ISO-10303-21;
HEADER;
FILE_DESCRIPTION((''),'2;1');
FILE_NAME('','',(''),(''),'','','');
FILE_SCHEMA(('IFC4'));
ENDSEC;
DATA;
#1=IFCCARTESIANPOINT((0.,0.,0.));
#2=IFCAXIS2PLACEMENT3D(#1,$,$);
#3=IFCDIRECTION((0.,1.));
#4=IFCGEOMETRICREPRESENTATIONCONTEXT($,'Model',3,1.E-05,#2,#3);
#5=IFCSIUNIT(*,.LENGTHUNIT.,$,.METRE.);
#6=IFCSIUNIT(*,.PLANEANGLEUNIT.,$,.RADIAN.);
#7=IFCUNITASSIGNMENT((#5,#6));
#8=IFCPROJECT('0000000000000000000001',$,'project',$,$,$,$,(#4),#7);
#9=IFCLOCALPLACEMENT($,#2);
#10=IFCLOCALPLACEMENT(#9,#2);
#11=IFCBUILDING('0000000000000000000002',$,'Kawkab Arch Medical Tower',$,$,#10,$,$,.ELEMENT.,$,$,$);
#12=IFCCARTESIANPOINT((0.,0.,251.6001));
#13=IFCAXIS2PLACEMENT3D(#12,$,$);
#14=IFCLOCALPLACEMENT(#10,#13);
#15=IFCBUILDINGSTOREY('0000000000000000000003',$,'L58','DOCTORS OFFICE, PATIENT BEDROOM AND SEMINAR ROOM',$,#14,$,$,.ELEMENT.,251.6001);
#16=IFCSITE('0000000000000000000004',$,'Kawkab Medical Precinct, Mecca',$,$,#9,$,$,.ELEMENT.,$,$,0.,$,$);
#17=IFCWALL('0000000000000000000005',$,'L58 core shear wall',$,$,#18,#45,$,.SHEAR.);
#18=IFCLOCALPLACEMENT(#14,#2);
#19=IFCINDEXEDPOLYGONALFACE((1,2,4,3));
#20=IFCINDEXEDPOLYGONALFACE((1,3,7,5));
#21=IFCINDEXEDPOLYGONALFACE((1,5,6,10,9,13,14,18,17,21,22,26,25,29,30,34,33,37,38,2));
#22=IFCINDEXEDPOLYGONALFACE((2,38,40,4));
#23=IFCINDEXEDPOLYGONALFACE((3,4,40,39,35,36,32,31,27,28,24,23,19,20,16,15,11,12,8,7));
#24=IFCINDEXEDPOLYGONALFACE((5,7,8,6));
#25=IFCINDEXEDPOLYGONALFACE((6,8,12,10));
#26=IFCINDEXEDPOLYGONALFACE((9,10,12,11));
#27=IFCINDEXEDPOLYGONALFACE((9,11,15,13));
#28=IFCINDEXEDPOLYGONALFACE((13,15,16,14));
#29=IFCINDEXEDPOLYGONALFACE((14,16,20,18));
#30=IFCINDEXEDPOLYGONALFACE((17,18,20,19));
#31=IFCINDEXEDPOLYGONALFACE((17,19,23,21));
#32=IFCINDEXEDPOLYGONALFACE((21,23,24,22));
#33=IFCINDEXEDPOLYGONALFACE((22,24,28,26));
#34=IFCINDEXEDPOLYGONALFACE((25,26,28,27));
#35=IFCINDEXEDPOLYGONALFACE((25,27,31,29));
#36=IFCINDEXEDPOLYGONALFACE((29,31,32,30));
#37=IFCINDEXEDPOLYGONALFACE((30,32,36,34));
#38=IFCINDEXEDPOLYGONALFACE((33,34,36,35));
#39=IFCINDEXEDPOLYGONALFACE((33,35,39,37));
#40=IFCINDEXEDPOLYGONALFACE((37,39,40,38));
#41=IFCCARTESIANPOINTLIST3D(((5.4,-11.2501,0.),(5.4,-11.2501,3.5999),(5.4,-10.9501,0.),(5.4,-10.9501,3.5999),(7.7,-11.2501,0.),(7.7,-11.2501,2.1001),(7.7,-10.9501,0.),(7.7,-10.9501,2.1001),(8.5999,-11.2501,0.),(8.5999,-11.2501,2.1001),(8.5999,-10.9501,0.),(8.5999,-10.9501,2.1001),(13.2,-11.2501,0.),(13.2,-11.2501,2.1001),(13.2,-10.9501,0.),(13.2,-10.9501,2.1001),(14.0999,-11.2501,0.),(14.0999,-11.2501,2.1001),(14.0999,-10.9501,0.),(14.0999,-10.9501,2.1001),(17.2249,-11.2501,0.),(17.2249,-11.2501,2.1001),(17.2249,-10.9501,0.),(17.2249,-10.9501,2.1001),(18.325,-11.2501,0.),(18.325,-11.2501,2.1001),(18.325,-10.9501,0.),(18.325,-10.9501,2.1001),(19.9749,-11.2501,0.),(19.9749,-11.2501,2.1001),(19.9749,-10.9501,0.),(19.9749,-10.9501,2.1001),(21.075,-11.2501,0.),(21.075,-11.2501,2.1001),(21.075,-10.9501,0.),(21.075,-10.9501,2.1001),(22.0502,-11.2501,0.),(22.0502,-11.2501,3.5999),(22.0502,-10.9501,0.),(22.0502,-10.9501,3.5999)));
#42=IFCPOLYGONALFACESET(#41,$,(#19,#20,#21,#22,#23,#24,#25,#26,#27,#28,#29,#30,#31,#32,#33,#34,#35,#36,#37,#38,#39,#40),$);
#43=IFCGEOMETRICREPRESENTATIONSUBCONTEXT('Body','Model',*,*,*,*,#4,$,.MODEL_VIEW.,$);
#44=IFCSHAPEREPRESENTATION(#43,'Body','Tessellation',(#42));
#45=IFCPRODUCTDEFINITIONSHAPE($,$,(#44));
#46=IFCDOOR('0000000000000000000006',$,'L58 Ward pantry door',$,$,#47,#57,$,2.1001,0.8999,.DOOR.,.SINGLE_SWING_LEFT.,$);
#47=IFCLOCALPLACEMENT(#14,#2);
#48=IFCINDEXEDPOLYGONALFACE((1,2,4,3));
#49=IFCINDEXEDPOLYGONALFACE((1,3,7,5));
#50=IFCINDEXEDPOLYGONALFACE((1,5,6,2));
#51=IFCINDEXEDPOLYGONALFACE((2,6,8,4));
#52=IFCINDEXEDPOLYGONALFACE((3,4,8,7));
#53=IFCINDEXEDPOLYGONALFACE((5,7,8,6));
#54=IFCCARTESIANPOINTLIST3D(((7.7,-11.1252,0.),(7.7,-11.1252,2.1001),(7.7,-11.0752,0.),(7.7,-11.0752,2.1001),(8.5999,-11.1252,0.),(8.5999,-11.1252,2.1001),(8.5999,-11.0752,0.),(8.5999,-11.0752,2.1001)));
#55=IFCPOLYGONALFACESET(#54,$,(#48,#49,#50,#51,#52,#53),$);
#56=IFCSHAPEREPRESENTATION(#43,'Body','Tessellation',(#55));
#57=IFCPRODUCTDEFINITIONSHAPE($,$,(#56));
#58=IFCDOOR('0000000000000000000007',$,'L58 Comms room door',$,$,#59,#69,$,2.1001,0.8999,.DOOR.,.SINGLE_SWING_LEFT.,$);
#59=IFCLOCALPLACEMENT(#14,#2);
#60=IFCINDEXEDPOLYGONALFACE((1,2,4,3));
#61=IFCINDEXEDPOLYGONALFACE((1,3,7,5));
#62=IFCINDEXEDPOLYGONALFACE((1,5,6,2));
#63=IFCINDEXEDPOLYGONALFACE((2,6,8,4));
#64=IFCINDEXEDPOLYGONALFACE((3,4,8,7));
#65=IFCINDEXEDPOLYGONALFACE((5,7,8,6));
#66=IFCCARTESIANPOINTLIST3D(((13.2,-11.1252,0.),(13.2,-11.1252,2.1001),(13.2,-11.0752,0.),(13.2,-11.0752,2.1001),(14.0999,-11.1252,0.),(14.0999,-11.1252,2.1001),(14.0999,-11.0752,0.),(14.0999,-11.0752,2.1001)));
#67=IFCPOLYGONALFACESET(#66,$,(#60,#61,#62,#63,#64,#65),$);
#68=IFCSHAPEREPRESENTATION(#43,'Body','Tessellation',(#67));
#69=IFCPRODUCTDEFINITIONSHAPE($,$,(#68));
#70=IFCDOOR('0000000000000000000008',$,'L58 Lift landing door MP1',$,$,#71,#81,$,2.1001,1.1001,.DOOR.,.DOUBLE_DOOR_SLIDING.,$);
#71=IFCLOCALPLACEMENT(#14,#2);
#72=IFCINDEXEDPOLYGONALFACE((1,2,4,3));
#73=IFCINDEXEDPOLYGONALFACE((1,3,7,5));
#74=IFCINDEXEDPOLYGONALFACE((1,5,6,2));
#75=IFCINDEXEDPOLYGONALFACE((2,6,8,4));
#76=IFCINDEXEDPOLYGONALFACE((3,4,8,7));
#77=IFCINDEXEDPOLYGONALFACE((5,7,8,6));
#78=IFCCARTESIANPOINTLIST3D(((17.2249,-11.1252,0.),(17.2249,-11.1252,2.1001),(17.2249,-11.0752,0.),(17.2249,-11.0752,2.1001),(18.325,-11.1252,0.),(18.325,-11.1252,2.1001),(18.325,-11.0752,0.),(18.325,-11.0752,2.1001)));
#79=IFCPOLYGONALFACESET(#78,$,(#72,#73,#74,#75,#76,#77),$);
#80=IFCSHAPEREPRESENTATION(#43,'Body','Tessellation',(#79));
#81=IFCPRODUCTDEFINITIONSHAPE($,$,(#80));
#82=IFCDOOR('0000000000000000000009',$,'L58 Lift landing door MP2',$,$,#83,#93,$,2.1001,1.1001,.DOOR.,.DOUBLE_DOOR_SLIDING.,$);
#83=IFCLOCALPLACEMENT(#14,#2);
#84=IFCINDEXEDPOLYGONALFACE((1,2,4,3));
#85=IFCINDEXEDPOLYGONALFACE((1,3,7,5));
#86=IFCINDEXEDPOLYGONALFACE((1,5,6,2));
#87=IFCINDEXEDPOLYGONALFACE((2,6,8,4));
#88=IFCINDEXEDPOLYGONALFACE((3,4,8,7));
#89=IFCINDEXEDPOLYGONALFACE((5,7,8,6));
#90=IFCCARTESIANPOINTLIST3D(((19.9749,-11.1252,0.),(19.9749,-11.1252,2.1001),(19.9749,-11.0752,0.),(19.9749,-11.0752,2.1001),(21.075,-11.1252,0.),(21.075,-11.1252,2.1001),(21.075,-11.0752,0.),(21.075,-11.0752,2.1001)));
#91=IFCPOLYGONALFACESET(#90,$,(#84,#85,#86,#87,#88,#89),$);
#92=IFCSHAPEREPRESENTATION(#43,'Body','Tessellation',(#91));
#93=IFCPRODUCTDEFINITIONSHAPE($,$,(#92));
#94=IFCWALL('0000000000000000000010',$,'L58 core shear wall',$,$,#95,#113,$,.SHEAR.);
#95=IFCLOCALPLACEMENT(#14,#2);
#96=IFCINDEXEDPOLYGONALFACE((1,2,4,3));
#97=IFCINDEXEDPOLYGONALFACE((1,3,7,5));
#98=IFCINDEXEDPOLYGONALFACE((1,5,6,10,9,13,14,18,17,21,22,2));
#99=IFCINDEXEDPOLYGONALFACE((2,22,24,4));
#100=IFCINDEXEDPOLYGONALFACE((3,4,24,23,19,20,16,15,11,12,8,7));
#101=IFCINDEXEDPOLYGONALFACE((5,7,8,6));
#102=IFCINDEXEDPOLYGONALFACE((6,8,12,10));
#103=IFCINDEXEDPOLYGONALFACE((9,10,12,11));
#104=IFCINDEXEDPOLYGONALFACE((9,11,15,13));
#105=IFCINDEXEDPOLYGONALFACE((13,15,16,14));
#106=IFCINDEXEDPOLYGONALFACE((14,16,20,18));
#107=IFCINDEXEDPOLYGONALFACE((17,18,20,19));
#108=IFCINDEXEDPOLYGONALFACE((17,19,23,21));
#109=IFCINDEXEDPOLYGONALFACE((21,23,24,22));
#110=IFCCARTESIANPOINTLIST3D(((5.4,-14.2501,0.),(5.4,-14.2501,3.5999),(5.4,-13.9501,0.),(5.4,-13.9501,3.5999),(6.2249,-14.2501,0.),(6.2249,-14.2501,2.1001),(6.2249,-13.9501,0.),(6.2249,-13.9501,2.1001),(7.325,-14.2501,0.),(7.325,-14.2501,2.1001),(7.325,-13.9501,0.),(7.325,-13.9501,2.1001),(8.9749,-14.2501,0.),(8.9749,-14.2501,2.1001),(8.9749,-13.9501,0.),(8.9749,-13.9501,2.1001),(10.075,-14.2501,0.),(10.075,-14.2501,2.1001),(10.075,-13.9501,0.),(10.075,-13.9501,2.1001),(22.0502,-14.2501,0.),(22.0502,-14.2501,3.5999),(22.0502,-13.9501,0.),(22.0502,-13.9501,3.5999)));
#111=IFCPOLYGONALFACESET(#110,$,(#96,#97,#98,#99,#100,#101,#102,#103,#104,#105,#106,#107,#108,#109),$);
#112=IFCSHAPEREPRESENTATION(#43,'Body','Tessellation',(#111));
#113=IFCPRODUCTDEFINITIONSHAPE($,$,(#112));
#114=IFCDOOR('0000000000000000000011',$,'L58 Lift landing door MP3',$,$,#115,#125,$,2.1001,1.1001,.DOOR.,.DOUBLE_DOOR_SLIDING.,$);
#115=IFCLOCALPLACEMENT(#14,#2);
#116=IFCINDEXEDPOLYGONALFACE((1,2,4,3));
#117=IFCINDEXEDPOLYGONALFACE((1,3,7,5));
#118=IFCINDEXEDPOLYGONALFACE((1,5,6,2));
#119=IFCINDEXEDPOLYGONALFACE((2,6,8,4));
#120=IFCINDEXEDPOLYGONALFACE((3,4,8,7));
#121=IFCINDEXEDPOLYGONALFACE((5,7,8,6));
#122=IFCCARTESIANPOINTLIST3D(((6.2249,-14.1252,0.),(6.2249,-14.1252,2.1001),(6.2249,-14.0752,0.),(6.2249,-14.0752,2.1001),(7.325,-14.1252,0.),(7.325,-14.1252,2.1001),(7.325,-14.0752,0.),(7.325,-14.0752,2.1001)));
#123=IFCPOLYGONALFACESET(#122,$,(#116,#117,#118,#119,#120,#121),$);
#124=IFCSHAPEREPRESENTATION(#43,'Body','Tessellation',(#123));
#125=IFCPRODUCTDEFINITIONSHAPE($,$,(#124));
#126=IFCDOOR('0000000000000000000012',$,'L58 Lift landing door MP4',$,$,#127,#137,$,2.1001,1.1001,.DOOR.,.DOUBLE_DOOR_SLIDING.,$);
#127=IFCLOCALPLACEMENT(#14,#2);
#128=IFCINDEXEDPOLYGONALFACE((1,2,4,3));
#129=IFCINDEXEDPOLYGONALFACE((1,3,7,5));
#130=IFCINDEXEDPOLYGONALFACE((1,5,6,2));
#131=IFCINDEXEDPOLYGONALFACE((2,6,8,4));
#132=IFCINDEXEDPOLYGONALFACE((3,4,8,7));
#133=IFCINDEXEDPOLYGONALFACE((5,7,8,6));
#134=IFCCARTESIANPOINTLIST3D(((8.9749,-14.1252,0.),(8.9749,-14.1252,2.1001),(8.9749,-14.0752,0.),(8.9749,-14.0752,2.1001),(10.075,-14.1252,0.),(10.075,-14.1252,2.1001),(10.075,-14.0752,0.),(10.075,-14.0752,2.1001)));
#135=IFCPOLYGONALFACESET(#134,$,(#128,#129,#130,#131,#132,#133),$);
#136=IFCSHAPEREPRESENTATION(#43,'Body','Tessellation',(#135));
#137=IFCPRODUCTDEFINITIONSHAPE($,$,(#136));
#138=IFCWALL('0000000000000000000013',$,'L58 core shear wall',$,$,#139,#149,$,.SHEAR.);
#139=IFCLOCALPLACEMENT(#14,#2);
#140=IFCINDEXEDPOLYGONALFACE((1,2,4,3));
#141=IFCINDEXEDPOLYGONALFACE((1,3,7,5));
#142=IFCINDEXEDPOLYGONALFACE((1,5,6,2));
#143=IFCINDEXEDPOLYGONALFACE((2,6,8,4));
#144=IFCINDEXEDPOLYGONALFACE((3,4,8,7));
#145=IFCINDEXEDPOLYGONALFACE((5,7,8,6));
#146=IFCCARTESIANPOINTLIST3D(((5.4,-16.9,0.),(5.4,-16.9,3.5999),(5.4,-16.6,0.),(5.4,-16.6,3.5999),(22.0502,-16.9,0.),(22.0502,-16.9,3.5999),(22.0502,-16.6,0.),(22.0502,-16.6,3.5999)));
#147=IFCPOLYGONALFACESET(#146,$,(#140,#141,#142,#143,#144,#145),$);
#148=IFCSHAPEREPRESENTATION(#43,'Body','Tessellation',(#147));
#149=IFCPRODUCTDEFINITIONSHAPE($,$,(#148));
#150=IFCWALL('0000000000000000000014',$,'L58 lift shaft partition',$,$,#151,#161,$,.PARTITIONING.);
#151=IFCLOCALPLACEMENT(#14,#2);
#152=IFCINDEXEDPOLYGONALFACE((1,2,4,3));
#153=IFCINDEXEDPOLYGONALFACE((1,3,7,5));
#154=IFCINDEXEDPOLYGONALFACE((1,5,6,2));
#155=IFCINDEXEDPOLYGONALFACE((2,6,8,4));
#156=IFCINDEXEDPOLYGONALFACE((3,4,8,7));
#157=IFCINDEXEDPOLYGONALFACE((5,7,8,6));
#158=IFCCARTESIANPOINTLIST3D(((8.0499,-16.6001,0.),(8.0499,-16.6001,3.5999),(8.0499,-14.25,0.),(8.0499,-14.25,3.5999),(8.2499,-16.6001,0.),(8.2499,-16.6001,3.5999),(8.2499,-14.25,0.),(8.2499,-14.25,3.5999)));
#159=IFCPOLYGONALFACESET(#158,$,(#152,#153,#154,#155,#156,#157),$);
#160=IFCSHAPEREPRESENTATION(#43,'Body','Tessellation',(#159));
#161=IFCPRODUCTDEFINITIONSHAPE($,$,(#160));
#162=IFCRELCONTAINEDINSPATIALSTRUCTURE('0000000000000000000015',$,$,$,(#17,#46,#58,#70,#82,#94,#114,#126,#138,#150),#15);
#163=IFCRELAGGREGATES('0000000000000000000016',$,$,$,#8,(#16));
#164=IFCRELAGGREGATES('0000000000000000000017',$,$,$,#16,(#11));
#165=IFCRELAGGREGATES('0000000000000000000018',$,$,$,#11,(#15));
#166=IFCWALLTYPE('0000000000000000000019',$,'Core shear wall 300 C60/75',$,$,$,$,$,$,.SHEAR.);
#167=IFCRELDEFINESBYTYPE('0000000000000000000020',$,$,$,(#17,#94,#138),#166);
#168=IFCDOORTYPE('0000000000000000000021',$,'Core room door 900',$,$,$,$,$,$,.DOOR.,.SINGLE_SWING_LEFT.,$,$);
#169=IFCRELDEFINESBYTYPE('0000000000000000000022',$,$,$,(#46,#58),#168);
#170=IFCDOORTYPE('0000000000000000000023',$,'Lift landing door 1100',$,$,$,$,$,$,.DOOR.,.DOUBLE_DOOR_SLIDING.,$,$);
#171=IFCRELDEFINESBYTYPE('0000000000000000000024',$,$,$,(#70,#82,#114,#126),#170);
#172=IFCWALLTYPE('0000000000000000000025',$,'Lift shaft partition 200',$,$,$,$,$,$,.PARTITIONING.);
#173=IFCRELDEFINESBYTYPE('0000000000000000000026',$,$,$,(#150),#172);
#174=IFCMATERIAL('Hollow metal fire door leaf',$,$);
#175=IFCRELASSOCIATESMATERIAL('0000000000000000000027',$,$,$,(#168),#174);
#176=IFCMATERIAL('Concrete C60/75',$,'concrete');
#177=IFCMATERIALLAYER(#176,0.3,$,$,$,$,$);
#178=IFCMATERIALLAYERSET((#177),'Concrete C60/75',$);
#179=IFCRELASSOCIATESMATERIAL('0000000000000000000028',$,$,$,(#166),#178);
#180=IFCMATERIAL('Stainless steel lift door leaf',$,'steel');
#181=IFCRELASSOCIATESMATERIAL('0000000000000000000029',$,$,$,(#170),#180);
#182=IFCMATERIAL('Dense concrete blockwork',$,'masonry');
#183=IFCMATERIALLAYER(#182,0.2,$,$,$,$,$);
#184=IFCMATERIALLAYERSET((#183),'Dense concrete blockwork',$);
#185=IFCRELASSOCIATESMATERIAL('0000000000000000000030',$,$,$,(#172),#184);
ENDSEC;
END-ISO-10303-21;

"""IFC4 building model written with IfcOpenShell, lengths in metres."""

from ifc_helpers import new_model, si_unit, direction, frame, frame_2d, origin, place, context, subcontext, project, spatial, rectangle, extrude, material, layer, layer_set, type_object, element, fill, save


model = new_model("IFC4")

# Units and contexts
model_context = context("Model", 3, precision=1e-05, world=origin(), true_north=direction((0.0, 1.0)))
body_context = subcontext(model_context, "Body", "Model", "MODEL_VIEW")
ifc_project = project(units=[si_unit("LENGTHUNIT", "METRE"), si_unit("PLANEANGLEUNIT", "RADIAN")], contexts=[model_context])

# Site, building, storey
site_placement = place(None, origin())
site = spatial("IfcSite", under=ifc_project, at=site_placement, Name="Kawkab Medical Precinct, Mecca", CompositionType="ELEMENT", RefElevation=0.0)
building_placement = place(site_placement, origin())
building = spatial("IfcBuilding", under=site, at=building_placement, Name="Kawkab Arch Medical Tower", CompositionType="ELEMENT")
storey_placement = place(building_placement, frame((0.0, 0.0, 251.6001)))
storey = spatial("IfcBuildingStorey", under=building, at=storey_placement, Name="L58", Description="DOCTORS OFFICE, PATIENT BEDROOM AND SEMINAR ROOM", CompositionType="ELEMENT", Elevation=251.6001)

# Shared definitions
ifc_material_1 = material(Name="Hollow metal fire door leaf")
door_type_1 = type_object("IfcDoorType", Name="Core room door 900", OperationType="SINGLE_SWING_LEFT", PredefinedType="DOOR", material=ifc_material_1)

# Shared definitions
ifc_material_2 = material(Name="Concrete C60/75", Category="concrete")
ifc_layer_1 = layer(ifc_material_2, 0.3)
ifc_layer_set_1 = layer_set([ifc_layer_1], Name="Concrete C60/75")
wall_type_1 = type_object("IfcWallType", Name="Core shear wall 300 C60/75", PredefinedType="SHEAR", material=ifc_layer_set_1)

# Walls, openings, doors
wall_1_placement = place(storey_placement, frame((5.3999, -11.1001, 0.0), z_axis=(0.0, 0.0, 1.0), x_axis=(1.0, 0.0, 0.0)))
wall_1 = element("IfcWall", 1, at=wall_1_placement, inside=storey, type_object=wall_type_1, Name="L58 core shear wall", PredefinedType="SHEAR", context=body_context, shape_type="SweptSolid", body=[
    extrude(rectangle(XDim=16.6501, YDim=0.3, at=frame_2d((8.3252, 0.0))), origin(), (0.0, 0.0, 1.0), 3.5999),
])
opening_1_placement = place(wall_1_placement, frame((11.825, 0.0, 0.0)))
opening_1 = element("IfcOpeningElement", 2, at=opening_1_placement, cuts=wall_1, PredefinedType="OPENING", context=body_context, shape_type="SweptSolid", body=[
    extrude(rectangle(XDim=1.1001, YDim=2.1001, at=frame_2d((0.55, 1.05))), frame((0.0, 0.1599, 0.0), z_axis=(0.0, -1.0, 0.0), x_axis=(1.0, 0.0, 0.0)), (0.0, 0.0, 1.0), 0.3201),
])
opening_2_placement = place(wall_1_placement, frame((14.575, 0.0, 0.0)))
opening_2 = element("IfcOpeningElement", 3, at=opening_2_placement, cuts=wall_1, PredefinedType="OPENING", context=body_context, shape_type="SweptSolid", body=[
    extrude(rectangle(XDim=1.1001, YDim=2.1001, at=frame_2d((0.55, 1.05))), frame((0.0, 0.1599, 0.0), z_axis=(0.0, -1.0, 0.0), x_axis=(1.0, 0.0, 0.0)), (0.0, 0.0, 1.0), 0.3201),
])
opening_3_placement = place(wall_1_placement, frame((2.3, 0.0, 0.0)))
opening_3 = element("IfcOpeningElement", 4, at=opening_3_placement, cuts=wall_1, PredefinedType="OPENING", context=body_context, shape_type="SweptSolid", body=[
    extrude(rectangle(XDim=0.8999, YDim=2.1001, at=frame_2d((0.45, 1.05))), frame((0.0, 0.1599, 0.0), z_axis=(0.0, -1.0, 0.0), x_axis=(1.0, 0.0, 0.0)), (0.0, 0.0, 1.0), 0.3201),
])
opening_4_placement = place(wall_1_placement, frame((7.8, 0.0, 0.0)))
opening_4 = element("IfcOpeningElement", 5, at=opening_4_placement, cuts=wall_1, PredefinedType="OPENING", context=body_context, shape_type="SweptSolid", body=[
    extrude(rectangle(XDim=0.8999, YDim=2.1001, at=frame_2d((0.45, 1.05))), frame((0.0, 0.1599, 0.0), z_axis=(0.0, -1.0, 0.0), x_axis=(1.0, 0.0, 0.0)), (0.0, 0.0, 1.0), 0.3201),
])
door_1_placement = place(opening_3_placement, origin())
door_1 = element("IfcDoor", 6, at=door_1_placement, inside=storey, type_object=door_type_1, Name="L58 Ward pantry door", OperationType="SINGLE_SWING_LEFT", OverallHeight=2.1001, OverallWidth=0.8999, PredefinedType="DOOR", context=body_context, shape_type="SweptSolid", body=[
    extrude(rectangle(XDim=0.8999, YDim=2.1001, at=frame_2d((0.45, 1.05))), frame((0.0, 0.0249, 0.0), z_axis=(0.0, -1.0, 0.0), x_axis=(1.0, 0.0, 0.0)), (0.0, 0.0, 1.0), 0.05),
])
fill(opening_3, door_1)
door_2_placement = place(opening_4_placement, origin())
door_2 = element("IfcDoor", 7, at=door_2_placement, inside=storey, type_object=door_type_1, Name="L58 Comms room door", OperationType="SINGLE_SWING_LEFT", OverallHeight=2.1001, OverallWidth=0.8999, PredefinedType="DOOR", context=body_context, shape_type="SweptSolid", body=[
    extrude(rectangle(XDim=0.8999, YDim=2.1001, at=frame_2d((0.45, 1.05))), frame((0.0, 0.0249, 0.0), z_axis=(0.0, -1.0, 0.0), x_axis=(1.0, 0.0, 0.0)), (0.0, 0.0, 1.0), 0.05),
])
fill(opening_4, door_2)
ifc_material_3 = material(Name="Stainless steel lift door leaf", Category="steel")
door_type_2 = type_object("IfcDoorType", Name="Lift landing door 1100", OperationType="DOUBLE_DOOR_SLIDING", PredefinedType="DOOR", material=ifc_material_3)
door_3_placement = place(opening_1_placement, origin())
door_3 = element("IfcDoor", 8, at=door_3_placement, inside=storey, type_object=door_type_2, Name="L58 Lift landing door MP1", OperationType="DOUBLE_DOOR_SLIDING", OverallHeight=2.1001, OverallWidth=1.1001, PredefinedType="DOOR", context=body_context, shape_type="SweptSolid", body=[
    extrude(rectangle(XDim=1.1001, YDim=2.1001, at=frame_2d((0.55, 1.05))), frame((0.0, 0.0249, 0.0), z_axis=(0.0, -1.0, 0.0), x_axis=(1.0, 0.0, 0.0)), (0.0, 0.0, 1.0), 0.05),
])
fill(opening_1, door_3)
door_4_placement = place(opening_2_placement, origin())
door_4 = element("IfcDoor", 9, at=door_4_placement, inside=storey, type_object=door_type_2, Name="L58 Lift landing door MP2", OperationType="DOUBLE_DOOR_SLIDING", OverallHeight=2.1001, OverallWidth=1.1001, PredefinedType="DOOR", context=body_context, shape_type="SweptSolid", body=[
    extrude(rectangle(XDim=1.1001, YDim=2.1001, at=frame_2d((0.55, 1.05))), frame((0.0, 0.0249, 0.0), z_axis=(0.0, -1.0, 0.0), x_axis=(1.0, 0.0, 0.0)), (0.0, 0.0, 1.0), 0.05),
])
fill(opening_2, door_4)
wall_2_placement = place(storey_placement, frame((5.3999, -14.1001, 0.0), z_axis=(0.0, 0.0, 1.0), x_axis=(1.0, 0.0, 0.0)))
wall_2 = element("IfcWall", 10, at=wall_2_placement, inside=storey, type_object=wall_type_1, Name="L58 core shear wall", PredefinedType="SHEAR", context=body_context, shape_type="SweptSolid", body=[
    extrude(rectangle(XDim=16.6501, YDim=0.3, at=frame_2d((8.3252, 0.0))), origin(), (0.0, 0.0, 1.0), 3.5999),
])
opening_5_placement = place(wall_2_placement, frame((0.825, 0.0, 0.0)))
opening_5 = element("IfcOpeningElement", 11, at=opening_5_placement, cuts=wall_2, PredefinedType="OPENING", context=body_context, shape_type="SweptSolid", body=[
    extrude(rectangle(XDim=1.1001, YDim=2.1001, at=frame_2d((0.55, 1.05))), frame((0.0, 0.1599, 0.0), z_axis=(0.0, -1.0, 0.0), x_axis=(1.0, 0.0, 0.0)), (0.0, 0.0, 1.0), 0.3201),
])
opening_6_placement = place(wall_2_placement, frame((3.575, 0.0, 0.0)))
opening_6 = element("IfcOpeningElement", 12, at=opening_6_placement, cuts=wall_2, PredefinedType="OPENING", context=body_context, shape_type="SweptSolid", body=[
    extrude(rectangle(XDim=1.1001, YDim=2.1001, at=frame_2d((0.55, 1.05))), frame((0.0, 0.1599, 0.0), z_axis=(0.0, -1.0, 0.0), x_axis=(1.0, 0.0, 0.0)), (0.0, 0.0, 1.0), 0.3201),
])
door_5_placement = place(opening_5_placement, origin())
door_5 = element("IfcDoor", 13, at=door_5_placement, inside=storey, type_object=door_type_2, Name="L58 Lift landing door MP3", OperationType="DOUBLE_DOOR_SLIDING", OverallHeight=2.1001, OverallWidth=1.1001, PredefinedType="DOOR", context=body_context, shape_type="SweptSolid", body=[
    extrude(rectangle(XDim=1.1001, YDim=2.1001, at=frame_2d((0.55, 1.05))), frame((0.0, 0.0249, 0.0), z_axis=(0.0, -1.0, 0.0), x_axis=(1.0, 0.0, 0.0)), (0.0, 0.0, 1.0), 0.05),
])
fill(opening_5, door_5)
door_6_placement = place(opening_6_placement, origin())
door_6 = element("IfcDoor", 14, at=door_6_placement, inside=storey, type_object=door_type_2, Name="L58 Lift landing door MP4", OperationType="DOUBLE_DOOR_SLIDING", OverallHeight=2.1001, OverallWidth=1.1001, PredefinedType="DOOR", context=body_context, shape_type="SweptSolid", body=[
    extrude(rectangle(XDim=1.1001, YDim=2.1001, at=frame_2d((0.55, 1.05))), frame((0.0, 0.0249, 0.0), z_axis=(0.0, -1.0, 0.0), x_axis=(1.0, 0.0, 0.0)), (0.0, 0.0, 1.0), 0.05),
])
fill(opening_6, door_6)

# Walls
wall_3_placement = place(storey_placement, frame((5.3999, -16.75, 0.0), z_axis=(0.0, 0.0, 1.0), x_axis=(1.0, 0.0, 0.0)))
element("IfcWall", 15, at=wall_3_placement, inside=storey, type_object=wall_type_1, Name="L58 core shear wall", PredefinedType="SHEAR", context=body_context, shape_type="SweptSolid", body=[
    extrude(rectangle(XDim=16.6501, YDim=0.3, at=frame_2d((8.3252, 0.0))), origin(), (0.0, 0.0, 1.0), 3.5999),
])
ifc_material_4 = material(Name="Dense concrete blockwork", Category="masonry")
ifc_layer_2 = layer(ifc_material_4, 0.2)
ifc_layer_set_2 = layer_set([ifc_layer_2], Name="Dense concrete blockwork")
wall_type_2 = type_object("IfcWallType", Name="Lift shaft partition 200", PredefinedType="PARTITIONING", material=ifc_layer_set_2)
wall_4_placement = place(storey_placement, frame((8.1499, -16.6001, 0.0), z_axis=(0.0, 0.0, 1.0), x_axis=(0.0, 1.0, 0.0)))
element("IfcWall", 16, at=wall_4_placement, inside=storey, type_object=wall_type_2, Name="L58 lift shaft partition", PredefinedType="PARTITIONING", context=body_context, shape_type="SweptSolid", body=[
    extrude(rectangle(XDim=2.3501, YDim=0.2, at=frame_2d((1.175, 0.0))), origin(), (0.0, 0.0, 1.0), 3.5999),
])

save(model, "model.ifc")
